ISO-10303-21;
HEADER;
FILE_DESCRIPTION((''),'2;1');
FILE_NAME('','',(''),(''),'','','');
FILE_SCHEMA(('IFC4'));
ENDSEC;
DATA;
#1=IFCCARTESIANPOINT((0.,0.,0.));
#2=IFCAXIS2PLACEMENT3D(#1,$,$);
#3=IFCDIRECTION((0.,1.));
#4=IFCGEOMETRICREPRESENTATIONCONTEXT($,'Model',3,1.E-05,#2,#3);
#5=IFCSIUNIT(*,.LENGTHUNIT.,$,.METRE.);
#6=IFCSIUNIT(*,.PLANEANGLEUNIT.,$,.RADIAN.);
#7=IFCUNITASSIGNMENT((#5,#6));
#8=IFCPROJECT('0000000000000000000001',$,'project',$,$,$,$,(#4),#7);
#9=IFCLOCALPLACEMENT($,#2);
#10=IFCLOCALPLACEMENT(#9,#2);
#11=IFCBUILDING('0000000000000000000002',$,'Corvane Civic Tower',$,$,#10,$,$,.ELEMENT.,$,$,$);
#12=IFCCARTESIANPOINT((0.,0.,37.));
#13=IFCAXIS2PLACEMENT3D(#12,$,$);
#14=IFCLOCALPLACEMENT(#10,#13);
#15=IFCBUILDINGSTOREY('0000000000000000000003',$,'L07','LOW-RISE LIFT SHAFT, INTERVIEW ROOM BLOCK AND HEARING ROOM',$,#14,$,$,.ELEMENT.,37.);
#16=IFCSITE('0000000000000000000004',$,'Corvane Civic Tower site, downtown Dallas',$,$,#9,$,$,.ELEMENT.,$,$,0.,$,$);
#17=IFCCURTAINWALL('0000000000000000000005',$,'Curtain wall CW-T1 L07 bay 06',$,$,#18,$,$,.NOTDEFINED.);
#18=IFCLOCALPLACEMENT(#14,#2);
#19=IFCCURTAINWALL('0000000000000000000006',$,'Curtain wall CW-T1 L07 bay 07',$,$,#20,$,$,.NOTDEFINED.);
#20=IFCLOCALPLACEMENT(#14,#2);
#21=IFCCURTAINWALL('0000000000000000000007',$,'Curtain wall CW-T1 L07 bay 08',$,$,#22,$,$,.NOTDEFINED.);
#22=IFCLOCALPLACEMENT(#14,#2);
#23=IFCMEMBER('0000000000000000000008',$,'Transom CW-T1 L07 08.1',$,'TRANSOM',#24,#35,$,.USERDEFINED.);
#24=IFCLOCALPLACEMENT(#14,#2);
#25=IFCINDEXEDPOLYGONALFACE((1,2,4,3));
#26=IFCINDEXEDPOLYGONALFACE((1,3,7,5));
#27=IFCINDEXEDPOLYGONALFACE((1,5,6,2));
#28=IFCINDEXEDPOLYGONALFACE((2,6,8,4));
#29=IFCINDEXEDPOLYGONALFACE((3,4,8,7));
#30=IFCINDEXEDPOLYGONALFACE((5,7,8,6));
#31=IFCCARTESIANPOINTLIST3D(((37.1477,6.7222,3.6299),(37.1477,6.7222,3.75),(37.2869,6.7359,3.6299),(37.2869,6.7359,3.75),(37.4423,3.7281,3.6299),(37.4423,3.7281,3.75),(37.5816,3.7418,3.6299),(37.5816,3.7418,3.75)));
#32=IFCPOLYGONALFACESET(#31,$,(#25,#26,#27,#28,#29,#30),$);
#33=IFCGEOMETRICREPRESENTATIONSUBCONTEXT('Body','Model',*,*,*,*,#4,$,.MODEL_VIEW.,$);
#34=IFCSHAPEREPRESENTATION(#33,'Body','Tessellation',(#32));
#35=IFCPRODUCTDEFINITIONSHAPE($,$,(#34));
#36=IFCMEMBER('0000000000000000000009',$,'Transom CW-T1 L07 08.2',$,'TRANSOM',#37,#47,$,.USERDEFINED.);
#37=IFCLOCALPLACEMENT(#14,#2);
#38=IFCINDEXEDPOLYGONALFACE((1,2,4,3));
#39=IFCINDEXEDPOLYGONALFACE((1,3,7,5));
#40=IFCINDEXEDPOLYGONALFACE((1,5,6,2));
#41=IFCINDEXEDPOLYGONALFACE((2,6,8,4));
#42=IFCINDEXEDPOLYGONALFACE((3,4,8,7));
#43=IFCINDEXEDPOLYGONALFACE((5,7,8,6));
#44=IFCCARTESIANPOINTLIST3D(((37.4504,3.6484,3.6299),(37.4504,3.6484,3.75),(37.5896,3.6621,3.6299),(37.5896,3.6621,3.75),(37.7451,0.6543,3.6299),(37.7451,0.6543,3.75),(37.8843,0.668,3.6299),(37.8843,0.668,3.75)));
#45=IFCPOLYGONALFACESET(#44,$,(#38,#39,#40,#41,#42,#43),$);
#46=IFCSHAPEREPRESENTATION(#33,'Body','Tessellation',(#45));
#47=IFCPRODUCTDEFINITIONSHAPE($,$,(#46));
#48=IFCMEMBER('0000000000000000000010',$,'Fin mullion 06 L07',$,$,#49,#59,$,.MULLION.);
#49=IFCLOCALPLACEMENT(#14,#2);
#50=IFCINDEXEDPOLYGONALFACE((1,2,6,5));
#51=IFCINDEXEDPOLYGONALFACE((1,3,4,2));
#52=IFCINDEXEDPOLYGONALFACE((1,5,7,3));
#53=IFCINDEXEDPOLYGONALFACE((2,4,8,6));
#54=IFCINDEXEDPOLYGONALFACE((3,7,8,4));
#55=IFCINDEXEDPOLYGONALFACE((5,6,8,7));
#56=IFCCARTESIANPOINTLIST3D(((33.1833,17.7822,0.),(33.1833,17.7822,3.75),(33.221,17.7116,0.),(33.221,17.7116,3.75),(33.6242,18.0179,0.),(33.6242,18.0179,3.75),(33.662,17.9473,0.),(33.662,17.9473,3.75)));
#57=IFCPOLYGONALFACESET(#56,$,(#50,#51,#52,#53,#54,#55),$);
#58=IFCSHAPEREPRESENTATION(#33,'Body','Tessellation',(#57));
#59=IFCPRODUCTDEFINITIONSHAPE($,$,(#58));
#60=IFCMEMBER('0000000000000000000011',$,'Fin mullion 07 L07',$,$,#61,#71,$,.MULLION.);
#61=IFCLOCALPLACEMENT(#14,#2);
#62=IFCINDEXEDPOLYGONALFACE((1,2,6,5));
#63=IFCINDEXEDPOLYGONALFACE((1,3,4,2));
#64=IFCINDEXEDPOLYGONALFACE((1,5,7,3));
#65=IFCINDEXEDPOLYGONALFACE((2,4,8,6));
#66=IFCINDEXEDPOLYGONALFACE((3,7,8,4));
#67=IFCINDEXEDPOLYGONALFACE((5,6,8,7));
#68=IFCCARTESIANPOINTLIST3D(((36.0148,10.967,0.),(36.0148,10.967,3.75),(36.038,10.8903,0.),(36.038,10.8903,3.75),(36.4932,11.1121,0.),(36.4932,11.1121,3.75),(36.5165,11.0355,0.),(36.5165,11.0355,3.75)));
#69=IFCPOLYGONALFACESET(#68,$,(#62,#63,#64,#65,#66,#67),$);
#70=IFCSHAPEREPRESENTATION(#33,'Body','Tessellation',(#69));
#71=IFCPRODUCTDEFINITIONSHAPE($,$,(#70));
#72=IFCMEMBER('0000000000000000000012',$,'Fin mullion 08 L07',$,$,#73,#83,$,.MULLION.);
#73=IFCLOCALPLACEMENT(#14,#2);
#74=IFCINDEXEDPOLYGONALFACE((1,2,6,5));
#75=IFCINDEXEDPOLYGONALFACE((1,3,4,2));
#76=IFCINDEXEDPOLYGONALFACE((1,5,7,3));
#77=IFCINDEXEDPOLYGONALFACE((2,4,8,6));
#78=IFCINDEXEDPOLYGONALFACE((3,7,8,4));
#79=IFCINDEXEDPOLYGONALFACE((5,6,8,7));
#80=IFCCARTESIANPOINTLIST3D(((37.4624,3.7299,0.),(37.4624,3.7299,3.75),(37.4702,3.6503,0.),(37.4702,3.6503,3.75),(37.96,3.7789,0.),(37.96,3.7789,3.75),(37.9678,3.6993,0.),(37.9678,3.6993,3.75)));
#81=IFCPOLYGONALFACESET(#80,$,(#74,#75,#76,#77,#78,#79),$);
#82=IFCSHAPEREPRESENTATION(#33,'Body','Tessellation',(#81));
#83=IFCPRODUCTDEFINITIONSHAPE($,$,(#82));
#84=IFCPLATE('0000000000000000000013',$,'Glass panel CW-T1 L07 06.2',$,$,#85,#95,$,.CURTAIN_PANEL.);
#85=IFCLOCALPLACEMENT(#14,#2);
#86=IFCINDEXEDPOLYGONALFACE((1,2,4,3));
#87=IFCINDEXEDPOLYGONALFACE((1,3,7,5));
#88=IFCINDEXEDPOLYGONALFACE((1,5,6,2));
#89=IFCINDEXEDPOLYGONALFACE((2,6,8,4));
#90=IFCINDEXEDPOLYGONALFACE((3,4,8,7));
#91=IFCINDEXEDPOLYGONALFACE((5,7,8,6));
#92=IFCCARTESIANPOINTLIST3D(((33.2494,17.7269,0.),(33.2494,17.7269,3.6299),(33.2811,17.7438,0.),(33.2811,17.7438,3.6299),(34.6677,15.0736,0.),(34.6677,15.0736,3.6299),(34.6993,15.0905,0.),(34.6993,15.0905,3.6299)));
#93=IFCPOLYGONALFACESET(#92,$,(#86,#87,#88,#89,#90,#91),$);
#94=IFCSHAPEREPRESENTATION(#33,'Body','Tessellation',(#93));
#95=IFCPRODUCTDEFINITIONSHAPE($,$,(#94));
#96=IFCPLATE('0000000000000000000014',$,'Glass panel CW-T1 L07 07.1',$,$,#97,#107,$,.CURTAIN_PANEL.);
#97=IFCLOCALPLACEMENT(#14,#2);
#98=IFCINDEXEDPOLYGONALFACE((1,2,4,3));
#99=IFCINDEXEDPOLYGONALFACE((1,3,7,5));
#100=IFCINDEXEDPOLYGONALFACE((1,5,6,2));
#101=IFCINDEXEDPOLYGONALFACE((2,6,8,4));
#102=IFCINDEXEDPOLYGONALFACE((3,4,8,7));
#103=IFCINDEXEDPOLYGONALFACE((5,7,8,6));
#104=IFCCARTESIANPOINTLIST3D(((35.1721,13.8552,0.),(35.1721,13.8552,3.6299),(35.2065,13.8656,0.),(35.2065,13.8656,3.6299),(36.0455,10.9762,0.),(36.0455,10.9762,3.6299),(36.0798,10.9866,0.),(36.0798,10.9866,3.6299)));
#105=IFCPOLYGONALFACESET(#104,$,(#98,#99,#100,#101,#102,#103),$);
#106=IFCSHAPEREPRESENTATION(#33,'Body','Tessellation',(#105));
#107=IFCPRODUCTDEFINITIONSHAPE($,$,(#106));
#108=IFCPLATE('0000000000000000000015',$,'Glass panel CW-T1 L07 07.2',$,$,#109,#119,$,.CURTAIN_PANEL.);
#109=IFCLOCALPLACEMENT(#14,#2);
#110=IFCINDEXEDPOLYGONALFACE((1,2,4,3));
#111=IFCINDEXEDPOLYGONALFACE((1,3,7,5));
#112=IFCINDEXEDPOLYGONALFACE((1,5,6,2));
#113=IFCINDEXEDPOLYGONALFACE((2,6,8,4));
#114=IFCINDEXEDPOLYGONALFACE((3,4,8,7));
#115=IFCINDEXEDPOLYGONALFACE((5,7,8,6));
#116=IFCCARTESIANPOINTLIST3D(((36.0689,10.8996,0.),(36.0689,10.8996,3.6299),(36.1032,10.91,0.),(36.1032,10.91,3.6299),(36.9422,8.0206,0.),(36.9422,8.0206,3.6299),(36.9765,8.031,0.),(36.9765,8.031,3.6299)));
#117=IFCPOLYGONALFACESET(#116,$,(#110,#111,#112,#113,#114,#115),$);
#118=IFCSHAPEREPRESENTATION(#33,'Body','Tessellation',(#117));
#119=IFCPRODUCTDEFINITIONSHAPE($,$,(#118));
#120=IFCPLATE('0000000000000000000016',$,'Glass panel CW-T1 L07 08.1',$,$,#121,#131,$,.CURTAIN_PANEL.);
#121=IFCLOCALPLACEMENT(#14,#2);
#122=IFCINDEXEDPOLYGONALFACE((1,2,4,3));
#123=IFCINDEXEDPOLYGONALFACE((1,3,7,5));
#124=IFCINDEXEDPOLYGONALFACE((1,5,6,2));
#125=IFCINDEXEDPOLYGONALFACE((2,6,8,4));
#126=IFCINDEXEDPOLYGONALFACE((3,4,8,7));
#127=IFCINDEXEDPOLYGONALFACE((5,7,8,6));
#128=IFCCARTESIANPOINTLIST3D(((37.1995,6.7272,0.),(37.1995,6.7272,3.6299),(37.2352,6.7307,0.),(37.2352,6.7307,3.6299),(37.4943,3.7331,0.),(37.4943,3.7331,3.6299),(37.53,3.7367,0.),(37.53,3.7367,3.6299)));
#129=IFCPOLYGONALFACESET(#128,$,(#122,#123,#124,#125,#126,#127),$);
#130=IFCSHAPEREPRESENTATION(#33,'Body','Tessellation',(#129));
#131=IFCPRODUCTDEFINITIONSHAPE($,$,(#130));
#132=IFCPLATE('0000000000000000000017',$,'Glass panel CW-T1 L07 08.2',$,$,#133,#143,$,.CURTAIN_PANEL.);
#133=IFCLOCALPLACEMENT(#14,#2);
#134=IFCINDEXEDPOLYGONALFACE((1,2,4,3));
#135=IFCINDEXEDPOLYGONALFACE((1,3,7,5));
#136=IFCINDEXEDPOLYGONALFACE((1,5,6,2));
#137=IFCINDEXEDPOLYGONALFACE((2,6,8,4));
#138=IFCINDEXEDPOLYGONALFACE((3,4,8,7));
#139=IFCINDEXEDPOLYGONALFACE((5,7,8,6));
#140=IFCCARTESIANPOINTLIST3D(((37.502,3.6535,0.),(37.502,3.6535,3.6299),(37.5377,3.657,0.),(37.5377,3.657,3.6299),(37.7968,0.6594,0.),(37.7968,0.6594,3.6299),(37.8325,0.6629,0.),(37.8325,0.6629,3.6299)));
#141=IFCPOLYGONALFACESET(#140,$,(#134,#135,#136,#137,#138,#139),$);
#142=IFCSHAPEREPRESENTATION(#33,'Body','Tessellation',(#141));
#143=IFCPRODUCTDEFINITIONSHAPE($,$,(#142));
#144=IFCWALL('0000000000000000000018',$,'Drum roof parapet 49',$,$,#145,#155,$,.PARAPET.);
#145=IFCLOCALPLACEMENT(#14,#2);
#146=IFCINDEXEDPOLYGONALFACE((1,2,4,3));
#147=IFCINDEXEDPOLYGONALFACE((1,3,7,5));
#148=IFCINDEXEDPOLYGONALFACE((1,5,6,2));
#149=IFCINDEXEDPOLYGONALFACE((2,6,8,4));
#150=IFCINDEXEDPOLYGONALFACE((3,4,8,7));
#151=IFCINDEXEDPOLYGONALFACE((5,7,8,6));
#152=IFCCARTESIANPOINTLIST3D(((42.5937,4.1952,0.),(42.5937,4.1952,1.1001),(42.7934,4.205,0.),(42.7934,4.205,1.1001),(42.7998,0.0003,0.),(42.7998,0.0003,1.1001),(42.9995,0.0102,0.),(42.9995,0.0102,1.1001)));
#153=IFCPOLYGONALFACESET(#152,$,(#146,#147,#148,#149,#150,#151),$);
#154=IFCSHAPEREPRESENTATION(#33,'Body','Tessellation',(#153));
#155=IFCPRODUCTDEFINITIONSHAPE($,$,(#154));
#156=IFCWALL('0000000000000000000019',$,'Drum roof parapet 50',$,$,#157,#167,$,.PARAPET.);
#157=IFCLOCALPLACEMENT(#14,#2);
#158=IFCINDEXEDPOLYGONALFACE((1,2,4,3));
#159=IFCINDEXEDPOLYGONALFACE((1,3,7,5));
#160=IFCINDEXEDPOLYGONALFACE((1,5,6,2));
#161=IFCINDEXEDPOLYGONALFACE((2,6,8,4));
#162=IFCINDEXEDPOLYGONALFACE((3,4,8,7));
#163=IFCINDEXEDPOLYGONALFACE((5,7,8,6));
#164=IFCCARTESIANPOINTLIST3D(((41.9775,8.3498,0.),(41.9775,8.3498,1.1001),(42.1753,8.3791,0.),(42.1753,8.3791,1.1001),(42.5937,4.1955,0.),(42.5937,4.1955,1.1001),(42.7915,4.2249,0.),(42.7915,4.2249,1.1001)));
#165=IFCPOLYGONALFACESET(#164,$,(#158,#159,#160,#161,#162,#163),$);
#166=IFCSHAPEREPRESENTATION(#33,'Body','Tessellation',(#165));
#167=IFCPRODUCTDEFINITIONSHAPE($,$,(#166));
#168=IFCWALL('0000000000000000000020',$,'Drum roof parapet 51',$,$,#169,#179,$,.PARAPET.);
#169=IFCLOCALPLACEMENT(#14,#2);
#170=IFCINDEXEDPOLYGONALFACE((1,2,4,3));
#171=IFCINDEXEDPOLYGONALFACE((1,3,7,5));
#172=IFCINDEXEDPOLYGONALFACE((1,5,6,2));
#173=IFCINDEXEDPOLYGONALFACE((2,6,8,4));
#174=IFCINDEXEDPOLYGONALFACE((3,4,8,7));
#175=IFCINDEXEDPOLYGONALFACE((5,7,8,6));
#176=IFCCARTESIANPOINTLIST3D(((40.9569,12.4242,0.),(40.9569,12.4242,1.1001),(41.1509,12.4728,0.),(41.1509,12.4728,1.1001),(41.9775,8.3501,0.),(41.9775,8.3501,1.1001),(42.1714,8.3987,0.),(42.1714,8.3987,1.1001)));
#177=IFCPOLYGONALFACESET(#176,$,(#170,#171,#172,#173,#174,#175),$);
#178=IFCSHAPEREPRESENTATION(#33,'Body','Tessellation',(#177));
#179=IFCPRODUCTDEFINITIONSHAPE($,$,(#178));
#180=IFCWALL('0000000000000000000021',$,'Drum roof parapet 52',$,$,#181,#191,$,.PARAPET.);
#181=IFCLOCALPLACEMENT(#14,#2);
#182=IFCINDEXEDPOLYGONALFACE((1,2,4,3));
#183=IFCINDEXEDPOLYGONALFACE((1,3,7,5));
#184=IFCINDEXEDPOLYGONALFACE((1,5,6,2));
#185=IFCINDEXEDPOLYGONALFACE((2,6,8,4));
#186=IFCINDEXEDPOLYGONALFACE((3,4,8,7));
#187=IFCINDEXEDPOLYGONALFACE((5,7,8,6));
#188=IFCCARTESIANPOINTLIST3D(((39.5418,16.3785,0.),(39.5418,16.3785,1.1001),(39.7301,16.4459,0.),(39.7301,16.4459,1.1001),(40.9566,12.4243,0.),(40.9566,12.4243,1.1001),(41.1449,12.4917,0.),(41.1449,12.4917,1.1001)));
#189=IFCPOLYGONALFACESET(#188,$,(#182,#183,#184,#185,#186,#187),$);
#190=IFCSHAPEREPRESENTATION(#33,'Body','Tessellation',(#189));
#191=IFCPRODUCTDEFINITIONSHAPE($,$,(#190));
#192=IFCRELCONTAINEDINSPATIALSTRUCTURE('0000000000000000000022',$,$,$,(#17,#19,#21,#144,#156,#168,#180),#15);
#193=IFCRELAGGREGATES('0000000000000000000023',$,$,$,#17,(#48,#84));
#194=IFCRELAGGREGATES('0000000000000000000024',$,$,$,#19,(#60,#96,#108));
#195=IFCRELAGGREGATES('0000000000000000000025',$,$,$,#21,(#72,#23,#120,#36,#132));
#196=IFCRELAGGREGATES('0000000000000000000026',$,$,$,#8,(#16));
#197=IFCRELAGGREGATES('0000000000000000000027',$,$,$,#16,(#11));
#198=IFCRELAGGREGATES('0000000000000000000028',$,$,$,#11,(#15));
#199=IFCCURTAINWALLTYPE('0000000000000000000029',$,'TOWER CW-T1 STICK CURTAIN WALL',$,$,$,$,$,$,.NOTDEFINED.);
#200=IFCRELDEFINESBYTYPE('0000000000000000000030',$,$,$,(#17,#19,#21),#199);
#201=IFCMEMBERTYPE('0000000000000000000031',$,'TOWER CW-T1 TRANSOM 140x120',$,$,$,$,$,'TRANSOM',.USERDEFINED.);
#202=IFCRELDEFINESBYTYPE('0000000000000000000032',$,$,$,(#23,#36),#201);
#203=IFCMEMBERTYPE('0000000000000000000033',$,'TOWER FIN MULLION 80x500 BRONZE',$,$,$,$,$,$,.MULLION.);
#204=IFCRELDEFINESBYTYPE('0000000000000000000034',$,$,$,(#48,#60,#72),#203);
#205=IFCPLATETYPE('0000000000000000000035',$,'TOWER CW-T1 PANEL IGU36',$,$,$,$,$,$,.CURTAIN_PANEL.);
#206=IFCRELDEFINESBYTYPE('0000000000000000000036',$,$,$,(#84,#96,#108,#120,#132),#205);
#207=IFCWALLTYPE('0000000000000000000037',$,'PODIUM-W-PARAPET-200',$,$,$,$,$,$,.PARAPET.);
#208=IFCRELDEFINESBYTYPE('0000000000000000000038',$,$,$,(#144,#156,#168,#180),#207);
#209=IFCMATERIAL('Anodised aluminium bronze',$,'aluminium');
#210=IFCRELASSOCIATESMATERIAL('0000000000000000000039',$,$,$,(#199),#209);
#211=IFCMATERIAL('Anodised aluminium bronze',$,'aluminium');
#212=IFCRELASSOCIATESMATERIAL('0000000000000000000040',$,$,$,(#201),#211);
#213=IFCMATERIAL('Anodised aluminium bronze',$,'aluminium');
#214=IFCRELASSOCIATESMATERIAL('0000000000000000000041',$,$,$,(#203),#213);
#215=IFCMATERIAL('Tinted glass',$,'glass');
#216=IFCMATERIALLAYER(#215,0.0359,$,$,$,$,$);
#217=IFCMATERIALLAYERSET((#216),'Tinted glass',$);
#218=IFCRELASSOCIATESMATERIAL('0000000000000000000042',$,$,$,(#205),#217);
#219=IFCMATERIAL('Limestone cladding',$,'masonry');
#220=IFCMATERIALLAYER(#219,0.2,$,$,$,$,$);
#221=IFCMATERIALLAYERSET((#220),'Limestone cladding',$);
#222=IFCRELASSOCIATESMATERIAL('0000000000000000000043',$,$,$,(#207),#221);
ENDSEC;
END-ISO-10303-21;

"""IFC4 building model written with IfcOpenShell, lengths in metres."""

from ifc_helpers import new_model, si_unit, direction, frame, frame_2d, origin, origin_2d, place, context, subcontext, project, spatial, rectangle, extrude, material, layer, layer_set, material_profile, profile_set, type_object, element, aggregate, save


model = new_model("IFC4")

# Units and contexts
model_context = context("Model", 3, precision=1e-05, world=origin(), true_north=direction((0.0, 1.0)))
body_context = subcontext(model_context, "Body", "Model", "MODEL_VIEW")
ifc_project = project(units=[si_unit("LENGTHUNIT", "METRE"), si_unit("PLANEANGLEUNIT", "RADIAN")], contexts=[model_context])

# Site, building, storey
site_placement = place(None, origin())
site = spatial("IfcSite", under=ifc_project, at=site_placement, Name="Corvane Civic Tower site, downtown Dallas", CompositionType="ELEMENT", RefElevation=0.0)
building_placement = place(site_placement, origin())
building = spatial("IfcBuilding", under=site, at=building_placement, Name="Corvane Civic Tower", CompositionType="ELEMENT")
storey_placement = place(building_placement, frame((0.0, 0.0, 37.0)))
storey = spatial("IfcBuildingStorey", under=building, at=storey_placement, Name="L07", Description="LOW-RISE LIFT SHAFT, INTERVIEW ROOM BLOCK AND HEARING ROOM", CompositionType="ELEMENT", Elevation=37.0)

# Curtain wall
ifc_material_1 = material(Name="Anodised aluminium bronze", Category="aluminium")
curtain_wall_type = type_object("IfcCurtainWallType", Name="TOWER CW-T1 STICK CURTAIN WALL", PredefinedType="NOTDEFINED", material=ifc_material_1)
curtain_wall_1_placement = place(storey_placement, origin())
curtain_wall_1 = element("IfcCurtainWall", 1, at=curtain_wall_1_placement, inside=storey, type_object=curtain_wall_type, Name="Curtain wall CW-T1 L07 bay 06", PredefinedType="NOTDEFINED")
ifc_material_2 = material(Name="Anodised aluminium bronze", Category="aluminium")
ifc_material_profile_1 = material_profile(ifc_material_2, rectangle(XDim=0.1399, YDim=0.1201, at=origin_2d()), Name="TOWER CW-T1 TRANSOM 140x120")
ifc_profile_set_1 = profile_set([ifc_material_profile_1], Name="Anodised aluminium bronze")
member_type_1 = type_object("IfcMemberType", Name="TOWER CW-T1 TRANSOM 140x120", ElementType="TRANSOM", PredefinedType="USERDEFINED", material=ifc_profile_set_1)

# Curtain walls, members
curtain_wall_2_placement = place(storey_placement, origin())
curtain_wall_2 = element("IfcCurtainWall", 2, at=curtain_wall_2_placement, inside=storey, type_object=curtain_wall_type, Name="Curtain wall CW-T1 L07 bay 07", PredefinedType="NOTDEFINED")
curtain_wall_3_placement = place(storey_placement, origin())
curtain_wall_3 = element("IfcCurtainWall", 3, at=curtain_wall_3_placement, inside=storey, type_object=curtain_wall_type, Name="Curtain wall CW-T1 L07 bay 08", PredefinedType="NOTDEFINED")
member_1_placement = place(storey_placement, frame((37.2173, 6.729, 3.6899), z_axis=(0.097945, -0.995192, 0.0), x_axis=(0.995192, 0.097945, 0.0)))
member_1 = element("IfcMember", 4, at=member_1_placement, type_object=member_type_1, Name="Transom CW-T1 L07 08.1", ObjectType="TRANSOM", PredefinedType="USERDEFINED", context=body_context, shape_type="SweptSolid", body=[
    extrude(rectangle(XDim=0.1399, YDim=0.1201, at=origin_2d()), origin(), (0.0, 0.0, 1.0), 3.0085),
])
member_2_placement = place(storey_placement, frame((37.52, 3.6553, 3.6899), z_axis=(0.097945, -0.995192, 0.0), x_axis=(0.995192, 0.097945, 0.0)))
member_2 = element("IfcMember", 5, at=member_2_placement, type_object=member_type_1, Name="Transom CW-T1 L07 08.2", ObjectType="TRANSOM", PredefinedType="USERDEFINED", context=body_context, shape_type="SweptSolid", body=[
    extrude(rectangle(XDim=0.1399, YDim=0.1201, at=origin_2d()), origin(), (0.0, 0.0, 1.0), 3.0085),
])

# Members
ifc_material_3 = material(Name="Anodised aluminium bronze", Category="aluminium")
ifc_material_profile_2 = material_profile(ifc_material_3, rectangle(XDim=0.0801, YDim=0.5, at=origin_2d()), Name="TOWER FIN MULLION 80x500 BRONZE")
ifc_profile_set_2 = profile_set([ifc_material_profile_2], Name="Anodised aluminium bronze")
member_type_2 = type_object("IfcMemberType", Name="TOWER FIN MULLION 80x500 BRONZE", PredefinedType="MULLION", material=ifc_profile_set_2)
member_3_placement = place(storey_placement, frame((33.4226, 17.8647, 0.0), z_axis=(0.0, 0.0, 1.0), x_axis=(0.471404, -0.881918, 0.0)))
member_3 = element("IfcMember", 6, at=member_3_placement, type_object=member_type_2, Name="Fin mullion 06 L07", PredefinedType="MULLION", context=body_context, shape_type="SweptSolid", body=[
    extrude(rectangle(XDim=0.0801, YDim=0.5, at=origin_2d()), origin(), (0.0, 0.0, 1.0), 3.75),
])
member_4_placement = place(storey_placement, frame((36.2656, 11.0012, 0.0), z_axis=(0.0, 0.0, 1.0), x_axis=(0.290278, -0.956942, 0.0)))
member_4 = element("IfcMember", 7, at=member_4_placement, type_object=member_type_2, Name="Fin mullion 07 L07", PredefinedType="MULLION", context=body_context, shape_type="SweptSolid", body=[
    extrude(rectangle(XDim=0.0801, YDim=0.5, at=origin_2d()), origin(), (0.0, 0.0, 1.0), 3.75),
])
member_5_placement = place(storey_placement, frame((37.7151, 3.7146, 0.0), z_axis=(0.0, 0.0, 1.0), x_axis=(0.098006, -0.995186, 0.0)))
member_5 = element("IfcMember", 8, at=member_5_placement, type_object=member_type_2, Name="Fin mullion 08 L07", PredefinedType="MULLION", context=body_context, shape_type="SweptSolid", body=[
    extrude(rectangle(XDim=0.0801, YDim=0.5, at=origin_2d()), origin(), (0.0, 0.0, 1.0), 3.75),
])

# Plates
ifc_material_4 = material(Name="Tinted glass", Category="glass")
ifc_layer_1 = layer(ifc_material_4, 0.0359)
ifc_layer_set_1 = layer_set([ifc_layer_1], Name="Tinted glass")
plate_type = type_object("IfcPlateType", Name="TOWER CW-T1 PANEL IGU36", PredefinedType="CURTAIN_PANEL", material=ifc_layer_set_1)
plate_1_placement = place(storey_placement, frame((33.9744, 16.4087, 0.0), z_axis=(0.0, 0.0, 1.0), x_axis=(0.471404, -0.881918, 0.0)))
plate_1 = element("IfcPlate", 9, at=plate_1_placement, type_object=plate_type, Name="Glass panel CW-T1 L07 06.2", PredefinedType="CURTAIN_PANEL", context=body_context, shape_type="SweptSolid", body=[
    extrude(rectangle(XDim=3.0085, YDim=0.0359, at=origin_2d()), origin(), (0.0, 0.0, 1.0), 3.6299),
])
aggregate(curtain_wall_1, [member_3, plate_1])
plate_2_placement = place(storey_placement, frame((35.626, 12.4209, 0.0), z_axis=(0.0, 0.0, 1.0), x_axis=(0.290278, -0.956942, 0.0)))
plate_2 = element("IfcPlate", 10, at=plate_2_placement, type_object=plate_type, Name="Glass panel CW-T1 L07 07.1", PredefinedType="CURTAIN_PANEL", context=body_context, shape_type="SweptSolid", body=[
    extrude(rectangle(XDim=3.0085, YDim=0.0359, at=origin_2d()), origin(), (0.0, 0.0, 1.0), 3.6299),
])
plate_3_placement = place(storey_placement, frame((36.5227, 9.4653, 0.0), z_axis=(0.0, 0.0, 1.0), x_axis=(0.290278, -0.956942, 0.0)))
plate_3 = element("IfcPlate", 11, at=plate_3_placement, type_object=plate_type, Name="Glass panel CW-T1 L07 07.2", PredefinedType="CURTAIN_PANEL", context=body_context, shape_type="SweptSolid", body=[
    extrude(rectangle(XDim=3.0085, YDim=0.0359, at=origin_2d()), origin(), (0.0, 0.0, 1.0), 3.6299),
])
aggregate(curtain_wall_2, [member_4, plate_2, plate_3])
plate_4_placement = place(storey_placement, frame((37.3647, 5.2319, 0.0), z_axis=(0.0, 0.0, 1.0), x_axis=(0.098006, -0.995186, 0.0)))
plate_4 = element("IfcPlate", 12, at=plate_4_placement, type_object=plate_type, Name="Glass panel CW-T1 L07 08.1", PredefinedType="CURTAIN_PANEL", context=body_context, shape_type="SweptSolid", body=[
    extrude(rectangle(XDim=3.0085, YDim=0.0359, at=origin_2d()), origin(), (0.0, 0.0, 1.0), 3.6299),
])
plate_5_placement = place(storey_placement, frame((37.6672, 2.1582, 0.0), z_axis=(0.0, 0.0, 1.0), x_axis=(0.098006, -0.995186, 0.0)))
plate_5 = element("IfcPlate", 13, at=plate_5_placement, type_object=plate_type, Name="Glass panel CW-T1 L07 08.2", PredefinedType="CURTAIN_PANEL", context=body_context, shape_type="SweptSolid", body=[
    extrude(rectangle(XDim=3.0085, YDim=0.0359, at=origin_2d()), origin(), (0.0, 0.0, 1.0), 3.6299),
])
aggregate(curtain_wall_3, [member_5, member_1, plate_4, member_2, plate_5])

# Walls
ifc_material_5 = material(Name="Limestone cladding", Category="masonry")
ifc_layer_2 = layer(ifc_material_5, 0.2)
ifc_layer_set_2 = layer_set([ifc_layer_2], Name="Limestone cladding")
wall_type_1 = type_object("IfcWallType", Name="PODIUM-W-PARAPET-200", PredefinedType="PARAPET", material=ifc_layer_set_2)
wall_1_placement = place(storey_placement, frame((42.8997, 0.0051, 0.0), z_axis=(0.0, 0.0, 1.0), x_axis=(-0.049062, 0.998796, 0.0)))
element("IfcWall", 14, at=wall_1_placement, inside=storey, type_object=wall_type_1, Name="Drum roof parapet 49", PredefinedType="PARAPET", context=body_context, shape_type="SweptSolid", body=[
    extrude(rectangle(XDim=4.2, YDim=0.2, at=frame_2d((2.1001, 0.0))), origin(), (0.0, 0.0, 1.0), 1.1001),
])
wall_2_placement = place(storey_placement, frame((42.6926, 4.2102, 0.0), z_axis=(0.0, 0.0, 1.0), x_axis=(-0.146726, 0.989177, 0.0)))
element("IfcWall", 15, at=wall_2_placement, inside=storey, type_object=wall_type_1, Name="Drum roof parapet 50", PredefinedType="PARAPET", context=body_context, shape_type="SweptSolid", body=[
    extrude(rectangle(XDim=4.1997, YDim=0.2, at=frame_2d((2.0999, 0.0))), origin(), (0.0, 0.0, 1.0), 1.1001),
])
wall_3_placement = place(storey_placement, frame((42.0745, 8.3743, 0.0), z_axis=(0.0, 0.0, 1.0), x_axis=(-0.242987, 0.97003, 0.0)))
element("IfcWall", 16, at=wall_3_placement, inside=storey, type_object=wall_type_1, Name="Drum roof parapet 51", PredefinedType="PARAPET", context=body_context, shape_type="SweptSolid", body=[
    extrude(rectangle(XDim=4.2, YDim=0.2, at=frame_2d((2.1001, 0.0))), origin(), (0.0, 0.0, 1.0), 1.1001),
])
wall_4_placement = place(storey_placement, frame((41.0508, 12.458, 0.0), z_axis=(0.0, 0.0, 1.0), x_axis=(-0.336889, 0.941544, 0.0)))
element("IfcWall", 17, at=wall_4_placement, inside=storey, type_object=wall_type_1, Name="Drum roof parapet 52", PredefinedType="PARAPET", context=body_context, shape_type="SweptSolid", body=[
    extrude(rectangle(XDim=4.1997, YDim=0.2, at=frame_2d((2.0999, 0.0))), origin(), (0.0, 0.0, 1.0), 1.1001),
])

save(model, "model.ifc")
